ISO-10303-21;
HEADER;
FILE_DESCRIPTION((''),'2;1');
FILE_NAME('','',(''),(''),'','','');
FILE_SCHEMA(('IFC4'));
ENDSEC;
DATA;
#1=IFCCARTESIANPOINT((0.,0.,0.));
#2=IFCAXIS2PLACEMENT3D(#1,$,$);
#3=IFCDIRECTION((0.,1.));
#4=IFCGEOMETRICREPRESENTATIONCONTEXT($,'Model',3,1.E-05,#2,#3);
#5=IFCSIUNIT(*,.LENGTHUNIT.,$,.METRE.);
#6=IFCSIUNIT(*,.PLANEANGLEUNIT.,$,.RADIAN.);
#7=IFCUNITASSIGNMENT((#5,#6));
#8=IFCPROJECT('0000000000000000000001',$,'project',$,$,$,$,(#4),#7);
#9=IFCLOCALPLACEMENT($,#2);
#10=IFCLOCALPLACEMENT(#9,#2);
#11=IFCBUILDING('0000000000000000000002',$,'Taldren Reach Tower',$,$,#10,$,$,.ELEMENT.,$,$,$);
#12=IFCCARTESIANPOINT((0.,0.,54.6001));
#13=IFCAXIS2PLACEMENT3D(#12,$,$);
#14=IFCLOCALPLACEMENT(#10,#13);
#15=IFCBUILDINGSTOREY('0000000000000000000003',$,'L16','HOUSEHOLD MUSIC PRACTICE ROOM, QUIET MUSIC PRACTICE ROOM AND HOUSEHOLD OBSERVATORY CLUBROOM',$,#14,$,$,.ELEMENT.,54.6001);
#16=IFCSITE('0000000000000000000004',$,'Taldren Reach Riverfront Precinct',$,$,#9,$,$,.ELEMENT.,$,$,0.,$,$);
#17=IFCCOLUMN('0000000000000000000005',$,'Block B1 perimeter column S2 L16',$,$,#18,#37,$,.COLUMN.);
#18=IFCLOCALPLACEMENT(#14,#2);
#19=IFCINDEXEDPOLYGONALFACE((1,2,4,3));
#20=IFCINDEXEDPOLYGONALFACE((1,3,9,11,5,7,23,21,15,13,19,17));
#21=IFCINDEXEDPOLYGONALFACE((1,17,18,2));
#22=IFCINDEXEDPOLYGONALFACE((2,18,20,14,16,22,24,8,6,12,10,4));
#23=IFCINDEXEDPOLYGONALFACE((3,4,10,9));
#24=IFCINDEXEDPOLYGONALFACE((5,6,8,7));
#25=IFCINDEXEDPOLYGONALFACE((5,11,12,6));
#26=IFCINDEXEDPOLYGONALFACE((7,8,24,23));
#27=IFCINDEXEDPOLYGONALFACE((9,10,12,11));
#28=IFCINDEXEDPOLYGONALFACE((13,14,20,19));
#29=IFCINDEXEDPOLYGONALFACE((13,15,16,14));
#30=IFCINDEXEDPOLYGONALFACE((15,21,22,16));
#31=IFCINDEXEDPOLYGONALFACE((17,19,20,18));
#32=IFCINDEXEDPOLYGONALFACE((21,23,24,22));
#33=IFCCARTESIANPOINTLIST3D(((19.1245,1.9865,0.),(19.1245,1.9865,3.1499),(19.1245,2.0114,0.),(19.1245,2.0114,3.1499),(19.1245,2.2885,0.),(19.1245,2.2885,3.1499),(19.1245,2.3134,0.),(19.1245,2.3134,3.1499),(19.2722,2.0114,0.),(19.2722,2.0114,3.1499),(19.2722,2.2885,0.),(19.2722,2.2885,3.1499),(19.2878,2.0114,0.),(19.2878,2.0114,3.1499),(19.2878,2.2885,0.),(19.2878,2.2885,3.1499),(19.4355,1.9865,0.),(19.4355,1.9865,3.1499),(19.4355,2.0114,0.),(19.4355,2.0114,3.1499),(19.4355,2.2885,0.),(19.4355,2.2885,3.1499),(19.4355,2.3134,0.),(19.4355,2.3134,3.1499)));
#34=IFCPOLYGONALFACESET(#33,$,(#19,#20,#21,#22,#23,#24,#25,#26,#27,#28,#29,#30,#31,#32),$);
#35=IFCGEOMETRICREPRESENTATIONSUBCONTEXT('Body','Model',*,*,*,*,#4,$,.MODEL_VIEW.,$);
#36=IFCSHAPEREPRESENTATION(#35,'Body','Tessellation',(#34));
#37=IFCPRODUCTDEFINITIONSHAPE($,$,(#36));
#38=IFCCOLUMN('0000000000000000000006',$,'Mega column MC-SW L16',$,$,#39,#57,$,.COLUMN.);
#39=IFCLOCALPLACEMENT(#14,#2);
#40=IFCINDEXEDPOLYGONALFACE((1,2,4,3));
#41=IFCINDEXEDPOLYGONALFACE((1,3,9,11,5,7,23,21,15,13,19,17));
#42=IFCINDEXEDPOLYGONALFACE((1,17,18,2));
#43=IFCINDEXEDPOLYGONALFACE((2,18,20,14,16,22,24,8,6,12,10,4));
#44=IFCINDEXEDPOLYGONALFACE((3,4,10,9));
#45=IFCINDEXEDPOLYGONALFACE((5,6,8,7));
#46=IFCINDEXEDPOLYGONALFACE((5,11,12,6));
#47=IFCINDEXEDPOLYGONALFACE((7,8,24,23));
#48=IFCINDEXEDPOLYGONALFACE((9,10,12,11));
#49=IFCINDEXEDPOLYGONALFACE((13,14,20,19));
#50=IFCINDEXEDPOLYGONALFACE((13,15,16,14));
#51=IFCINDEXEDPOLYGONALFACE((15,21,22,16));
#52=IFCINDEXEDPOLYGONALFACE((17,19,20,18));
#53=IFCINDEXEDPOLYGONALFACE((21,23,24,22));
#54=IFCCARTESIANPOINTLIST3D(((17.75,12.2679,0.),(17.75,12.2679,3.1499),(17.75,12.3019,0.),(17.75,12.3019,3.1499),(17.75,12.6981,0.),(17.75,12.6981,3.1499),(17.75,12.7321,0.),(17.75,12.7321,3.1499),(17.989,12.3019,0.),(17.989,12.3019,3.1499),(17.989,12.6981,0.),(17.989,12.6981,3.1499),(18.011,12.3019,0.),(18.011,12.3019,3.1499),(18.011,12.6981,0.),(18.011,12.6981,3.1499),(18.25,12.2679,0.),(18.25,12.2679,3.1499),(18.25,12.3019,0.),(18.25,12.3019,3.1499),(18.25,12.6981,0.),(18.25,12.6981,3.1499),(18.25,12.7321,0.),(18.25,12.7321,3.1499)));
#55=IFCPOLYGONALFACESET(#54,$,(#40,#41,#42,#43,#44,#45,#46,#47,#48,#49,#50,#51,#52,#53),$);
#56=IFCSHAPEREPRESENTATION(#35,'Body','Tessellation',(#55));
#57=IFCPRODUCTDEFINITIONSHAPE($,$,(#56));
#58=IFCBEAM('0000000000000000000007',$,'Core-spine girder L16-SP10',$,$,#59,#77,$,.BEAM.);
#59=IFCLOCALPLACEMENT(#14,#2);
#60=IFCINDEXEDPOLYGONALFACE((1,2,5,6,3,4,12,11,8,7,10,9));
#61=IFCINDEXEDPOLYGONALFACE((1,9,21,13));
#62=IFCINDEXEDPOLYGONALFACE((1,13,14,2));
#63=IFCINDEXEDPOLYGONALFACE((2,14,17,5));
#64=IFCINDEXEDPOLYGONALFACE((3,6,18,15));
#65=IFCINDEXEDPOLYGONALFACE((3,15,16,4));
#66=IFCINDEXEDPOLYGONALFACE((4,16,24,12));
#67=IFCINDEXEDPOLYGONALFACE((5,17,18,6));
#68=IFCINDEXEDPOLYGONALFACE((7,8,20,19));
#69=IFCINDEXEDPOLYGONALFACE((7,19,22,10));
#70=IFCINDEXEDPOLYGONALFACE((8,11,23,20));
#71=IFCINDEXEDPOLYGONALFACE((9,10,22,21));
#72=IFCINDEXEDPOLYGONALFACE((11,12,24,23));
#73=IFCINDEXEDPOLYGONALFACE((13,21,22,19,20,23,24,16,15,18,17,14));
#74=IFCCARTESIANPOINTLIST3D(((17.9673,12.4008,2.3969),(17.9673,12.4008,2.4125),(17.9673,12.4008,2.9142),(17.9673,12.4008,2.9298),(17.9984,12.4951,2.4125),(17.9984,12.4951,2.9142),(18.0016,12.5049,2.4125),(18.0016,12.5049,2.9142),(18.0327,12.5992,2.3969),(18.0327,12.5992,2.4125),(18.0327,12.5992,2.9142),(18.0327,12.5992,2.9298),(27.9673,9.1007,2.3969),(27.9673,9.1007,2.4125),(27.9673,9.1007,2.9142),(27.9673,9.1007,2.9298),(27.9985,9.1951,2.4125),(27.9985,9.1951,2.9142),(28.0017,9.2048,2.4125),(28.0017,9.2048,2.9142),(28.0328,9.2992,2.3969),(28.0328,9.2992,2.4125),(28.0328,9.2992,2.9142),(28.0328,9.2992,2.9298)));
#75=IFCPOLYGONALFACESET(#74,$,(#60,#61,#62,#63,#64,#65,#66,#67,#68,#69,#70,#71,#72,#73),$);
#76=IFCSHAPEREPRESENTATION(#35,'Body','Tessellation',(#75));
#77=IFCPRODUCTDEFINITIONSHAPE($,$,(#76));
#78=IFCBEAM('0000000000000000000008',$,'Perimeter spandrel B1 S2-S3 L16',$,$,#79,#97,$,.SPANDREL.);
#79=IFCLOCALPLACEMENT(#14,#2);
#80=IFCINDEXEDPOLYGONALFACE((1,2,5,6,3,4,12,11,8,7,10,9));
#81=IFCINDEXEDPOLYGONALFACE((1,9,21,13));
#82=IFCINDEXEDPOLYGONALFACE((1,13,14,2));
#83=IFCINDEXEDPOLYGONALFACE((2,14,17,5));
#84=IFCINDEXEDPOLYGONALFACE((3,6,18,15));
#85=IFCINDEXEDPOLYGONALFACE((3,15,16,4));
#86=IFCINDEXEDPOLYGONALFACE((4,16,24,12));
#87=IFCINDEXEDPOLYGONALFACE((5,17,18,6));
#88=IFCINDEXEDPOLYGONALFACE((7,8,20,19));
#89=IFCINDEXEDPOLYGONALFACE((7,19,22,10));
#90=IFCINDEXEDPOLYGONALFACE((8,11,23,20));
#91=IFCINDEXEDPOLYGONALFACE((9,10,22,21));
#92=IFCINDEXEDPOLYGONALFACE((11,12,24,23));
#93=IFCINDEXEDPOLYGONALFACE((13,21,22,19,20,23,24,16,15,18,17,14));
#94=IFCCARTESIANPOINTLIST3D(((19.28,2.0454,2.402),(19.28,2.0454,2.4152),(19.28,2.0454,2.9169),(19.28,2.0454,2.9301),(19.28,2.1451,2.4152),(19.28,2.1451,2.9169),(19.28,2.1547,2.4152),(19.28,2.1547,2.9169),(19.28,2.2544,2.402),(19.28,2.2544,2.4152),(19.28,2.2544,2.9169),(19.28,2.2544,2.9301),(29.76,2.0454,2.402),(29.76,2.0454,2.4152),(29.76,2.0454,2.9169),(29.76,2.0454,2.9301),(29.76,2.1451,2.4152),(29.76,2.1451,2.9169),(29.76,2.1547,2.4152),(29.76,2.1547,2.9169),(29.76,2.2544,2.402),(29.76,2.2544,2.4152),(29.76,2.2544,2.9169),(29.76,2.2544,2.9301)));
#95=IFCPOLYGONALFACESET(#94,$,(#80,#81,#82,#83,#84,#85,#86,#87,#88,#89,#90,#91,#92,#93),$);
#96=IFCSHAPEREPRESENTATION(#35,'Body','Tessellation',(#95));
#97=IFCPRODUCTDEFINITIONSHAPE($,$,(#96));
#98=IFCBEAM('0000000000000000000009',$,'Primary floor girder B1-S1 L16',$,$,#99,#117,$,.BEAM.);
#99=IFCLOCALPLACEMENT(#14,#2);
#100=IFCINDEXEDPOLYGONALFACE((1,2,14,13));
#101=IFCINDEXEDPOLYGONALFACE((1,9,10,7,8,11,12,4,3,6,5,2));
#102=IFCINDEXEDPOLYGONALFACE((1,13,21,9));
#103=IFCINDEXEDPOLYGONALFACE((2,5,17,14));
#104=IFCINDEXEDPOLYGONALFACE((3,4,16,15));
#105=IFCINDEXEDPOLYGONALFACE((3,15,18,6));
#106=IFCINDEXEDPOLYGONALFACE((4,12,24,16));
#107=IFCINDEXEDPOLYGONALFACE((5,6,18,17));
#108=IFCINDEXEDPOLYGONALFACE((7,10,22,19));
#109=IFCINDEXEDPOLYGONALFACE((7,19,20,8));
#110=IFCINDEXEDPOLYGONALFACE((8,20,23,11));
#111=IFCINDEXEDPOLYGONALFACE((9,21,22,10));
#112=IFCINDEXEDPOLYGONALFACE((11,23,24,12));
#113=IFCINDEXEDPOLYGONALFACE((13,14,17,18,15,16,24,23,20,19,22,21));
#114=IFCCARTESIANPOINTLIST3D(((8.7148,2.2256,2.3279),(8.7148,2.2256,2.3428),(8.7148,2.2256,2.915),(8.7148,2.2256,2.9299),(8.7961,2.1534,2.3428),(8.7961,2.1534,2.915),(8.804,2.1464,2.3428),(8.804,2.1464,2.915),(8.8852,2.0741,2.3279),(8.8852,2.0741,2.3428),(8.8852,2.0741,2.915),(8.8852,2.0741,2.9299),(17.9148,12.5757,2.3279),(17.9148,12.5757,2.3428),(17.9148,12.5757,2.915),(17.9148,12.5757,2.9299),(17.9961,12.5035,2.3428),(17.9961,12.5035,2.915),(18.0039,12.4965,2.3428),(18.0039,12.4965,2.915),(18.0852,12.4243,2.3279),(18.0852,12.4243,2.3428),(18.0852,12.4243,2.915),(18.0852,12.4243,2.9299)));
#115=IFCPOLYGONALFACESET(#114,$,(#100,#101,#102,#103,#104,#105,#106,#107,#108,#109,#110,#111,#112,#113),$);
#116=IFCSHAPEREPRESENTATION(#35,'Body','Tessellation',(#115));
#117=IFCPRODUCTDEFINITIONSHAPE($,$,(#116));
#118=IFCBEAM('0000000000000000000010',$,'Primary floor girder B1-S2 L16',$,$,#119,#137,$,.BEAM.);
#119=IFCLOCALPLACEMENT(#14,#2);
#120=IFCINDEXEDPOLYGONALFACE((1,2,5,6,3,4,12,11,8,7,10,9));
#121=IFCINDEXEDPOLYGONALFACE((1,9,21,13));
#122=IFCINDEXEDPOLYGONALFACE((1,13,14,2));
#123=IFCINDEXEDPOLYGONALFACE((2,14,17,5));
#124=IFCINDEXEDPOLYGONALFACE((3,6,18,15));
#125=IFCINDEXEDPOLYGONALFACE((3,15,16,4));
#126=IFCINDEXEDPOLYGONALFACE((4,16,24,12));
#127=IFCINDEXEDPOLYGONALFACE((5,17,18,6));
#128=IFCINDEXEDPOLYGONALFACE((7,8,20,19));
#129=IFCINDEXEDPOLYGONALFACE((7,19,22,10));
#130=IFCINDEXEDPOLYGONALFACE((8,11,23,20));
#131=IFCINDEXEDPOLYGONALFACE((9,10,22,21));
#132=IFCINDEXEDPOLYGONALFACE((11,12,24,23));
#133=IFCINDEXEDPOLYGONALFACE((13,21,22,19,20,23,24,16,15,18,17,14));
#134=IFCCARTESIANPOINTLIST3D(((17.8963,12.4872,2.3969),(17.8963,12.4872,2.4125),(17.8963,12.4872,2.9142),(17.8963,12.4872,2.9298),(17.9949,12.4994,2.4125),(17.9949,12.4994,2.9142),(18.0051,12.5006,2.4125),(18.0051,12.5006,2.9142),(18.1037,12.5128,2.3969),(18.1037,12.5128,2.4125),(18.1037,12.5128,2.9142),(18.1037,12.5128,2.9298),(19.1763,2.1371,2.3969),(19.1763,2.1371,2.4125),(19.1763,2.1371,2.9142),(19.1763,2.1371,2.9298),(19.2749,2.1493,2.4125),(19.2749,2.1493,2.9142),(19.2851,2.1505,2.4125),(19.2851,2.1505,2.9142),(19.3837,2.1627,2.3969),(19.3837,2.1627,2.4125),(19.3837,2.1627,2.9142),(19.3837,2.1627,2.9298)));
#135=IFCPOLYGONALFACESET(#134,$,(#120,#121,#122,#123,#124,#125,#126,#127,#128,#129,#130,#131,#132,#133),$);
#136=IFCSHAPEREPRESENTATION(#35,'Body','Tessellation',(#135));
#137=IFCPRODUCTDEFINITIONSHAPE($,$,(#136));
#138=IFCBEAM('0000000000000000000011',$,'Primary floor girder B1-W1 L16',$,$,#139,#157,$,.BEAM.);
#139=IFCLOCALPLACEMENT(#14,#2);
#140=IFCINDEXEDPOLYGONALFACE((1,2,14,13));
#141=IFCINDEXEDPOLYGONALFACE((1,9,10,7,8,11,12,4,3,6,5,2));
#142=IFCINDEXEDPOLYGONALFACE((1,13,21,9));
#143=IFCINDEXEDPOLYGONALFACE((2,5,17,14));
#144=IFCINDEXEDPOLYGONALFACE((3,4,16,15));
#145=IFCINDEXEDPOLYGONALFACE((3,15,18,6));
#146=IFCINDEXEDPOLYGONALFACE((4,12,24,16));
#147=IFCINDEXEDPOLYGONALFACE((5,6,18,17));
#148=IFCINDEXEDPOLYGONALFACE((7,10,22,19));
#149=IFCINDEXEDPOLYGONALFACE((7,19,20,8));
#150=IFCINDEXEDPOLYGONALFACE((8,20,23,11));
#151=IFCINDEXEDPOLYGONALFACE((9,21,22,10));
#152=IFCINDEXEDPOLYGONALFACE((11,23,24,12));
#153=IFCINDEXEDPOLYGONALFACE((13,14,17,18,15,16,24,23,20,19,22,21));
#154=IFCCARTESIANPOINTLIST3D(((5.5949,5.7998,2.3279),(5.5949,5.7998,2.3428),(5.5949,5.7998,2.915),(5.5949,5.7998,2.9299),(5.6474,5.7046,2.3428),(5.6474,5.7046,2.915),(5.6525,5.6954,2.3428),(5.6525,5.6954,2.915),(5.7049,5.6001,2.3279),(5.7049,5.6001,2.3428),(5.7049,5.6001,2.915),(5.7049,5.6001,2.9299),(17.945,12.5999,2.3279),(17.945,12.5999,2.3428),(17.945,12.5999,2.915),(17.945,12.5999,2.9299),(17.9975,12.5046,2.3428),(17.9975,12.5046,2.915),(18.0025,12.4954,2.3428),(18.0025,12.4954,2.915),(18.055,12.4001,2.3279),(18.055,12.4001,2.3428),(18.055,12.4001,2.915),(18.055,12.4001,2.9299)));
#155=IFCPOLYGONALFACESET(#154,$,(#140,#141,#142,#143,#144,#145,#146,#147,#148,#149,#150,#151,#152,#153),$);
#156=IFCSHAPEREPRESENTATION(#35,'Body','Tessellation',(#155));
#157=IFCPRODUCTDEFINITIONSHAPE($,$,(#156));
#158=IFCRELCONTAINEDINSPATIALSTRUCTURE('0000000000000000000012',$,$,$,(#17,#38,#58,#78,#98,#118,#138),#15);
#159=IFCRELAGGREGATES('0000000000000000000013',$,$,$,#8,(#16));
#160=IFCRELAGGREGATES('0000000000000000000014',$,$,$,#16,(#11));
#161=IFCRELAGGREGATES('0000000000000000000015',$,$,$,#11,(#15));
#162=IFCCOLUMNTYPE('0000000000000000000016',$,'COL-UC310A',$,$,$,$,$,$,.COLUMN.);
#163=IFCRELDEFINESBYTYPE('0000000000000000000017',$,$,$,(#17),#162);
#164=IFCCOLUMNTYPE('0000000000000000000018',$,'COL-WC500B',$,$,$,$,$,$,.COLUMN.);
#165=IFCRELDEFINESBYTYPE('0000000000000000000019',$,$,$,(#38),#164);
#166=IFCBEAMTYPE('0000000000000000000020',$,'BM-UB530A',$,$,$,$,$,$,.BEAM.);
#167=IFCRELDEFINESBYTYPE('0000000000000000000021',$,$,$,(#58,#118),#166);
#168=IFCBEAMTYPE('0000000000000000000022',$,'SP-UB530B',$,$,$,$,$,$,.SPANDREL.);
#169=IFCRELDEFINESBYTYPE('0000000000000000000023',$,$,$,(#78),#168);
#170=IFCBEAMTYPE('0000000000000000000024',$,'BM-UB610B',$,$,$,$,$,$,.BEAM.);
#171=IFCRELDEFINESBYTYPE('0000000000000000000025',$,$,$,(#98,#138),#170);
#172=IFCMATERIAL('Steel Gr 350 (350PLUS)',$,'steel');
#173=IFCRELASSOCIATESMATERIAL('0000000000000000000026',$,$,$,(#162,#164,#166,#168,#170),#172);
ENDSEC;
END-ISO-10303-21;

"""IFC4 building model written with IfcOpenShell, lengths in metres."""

from ifc_helpers import new_model, si_unit, direction, frame, origin, origin_2d, place, context, subcontext, project, spatial, i_section, extrude, source, transform, mapped, material, material_profile, profile_set, type_object, element, save


model = new_model("IFC4")

# Units and contexts
model_context = context("Model", 3, precision=1e-05, world=origin(), true_north=direction((0.0, 1.0)))
body_context = subcontext(model_context, "Body", "Model", "MODEL_VIEW")
ifc_project = project(units=[si_unit("LENGTHUNIT", "METRE"), si_unit("PLANEANGLEUNIT", "RADIAN")], contexts=[model_context])

# Site, building, storey
site_placement = place(None, origin())
site = spatial("IfcSite", under=ifc_project, at=site_placement, Name="Taldren Reach Riverfront Precinct", CompositionType="ELEMENT", RefElevation=0.0)
building_placement = place(site_placement, origin())
building = spatial("IfcBuilding", under=site, at=building_placement, Name="Taldren Reach Tower", CompositionType="ELEMENT")
storey_placement = place(building_placement, frame((0.0, 0.0, 54.6001)))
storey = spatial("IfcBuildingStorey", under=building, at=storey_placement, Name="L16", Description="HOUSEHOLD MUSIC PRACTICE ROOM, QUIET MUSIC PRACTICE ROOM AND HOUSEHOLD OBSERVATORY CLUBROOM", CompositionType="ELEMENT", Elevation=54.6001)

# Columns
ifc_material_1 = material(Name="Steel Gr 350 (350PLUS)", Category="steel")
ifc_material_profile_1 = material_profile(ifc_material_1, i_section(OverallWidth=0.311, OverallDepth=0.3269, WebThickness=0.0156, FlangeThickness=0.0249, at=origin_2d()), Name="310UC158")
ifc_profile_set_1 = profile_set([ifc_material_profile_1], Name="Steel Gr 350 (350PLUS)")
column_type_1 = type_object("IfcColumnType", Name="COL-UC310A", PredefinedType="COLUMN", material=ifc_profile_set_1)
shared_shape_1 = source(origin(), body_context, "Body", "SweptSolid", [
    extrude(i_section(OverallWidth=0.311, OverallDepth=0.3269, WebThickness=0.0156, FlangeThickness=0.0249, at=origin_2d()), origin(), (0.0, 0.0, 1.0), 3.1499),
])
column_1_placement = place(storey_placement, frame((19.28, 2.1499, 0.0), z_axis=(0.0, 0.0, 1.0), x_axis=(1.0, 0.0, 0.0)))
element("IfcColumn", 1, at=column_1_placement, inside=storey, type_object=column_type_1, Name="Block B1 perimeter column S2 L16", PredefinedType="COLUMN", context=body_context, shape_type="MappedRepresentation", body=[
    mapped(shared_shape_1, transform((0.0, 0.0, 0.0), scale=1.0)),
])
ifc_material_profile_2 = material_profile(ifc_material_1, i_section(OverallWidth=0.5, OverallDepth=0.4641, WebThickness=0.022, FlangeThickness=0.0339, at=origin_2d()), Name="500WC340")
ifc_profile_set_2 = profile_set([ifc_material_profile_2], Name="Steel Gr 350 (350PLUS)")
column_type_2 = type_object("IfcColumnType", Name="COL-WC500B", PredefinedType="COLUMN", material=ifc_profile_set_2)
shared_shape_2 = source(origin(), body_context, "Body", "SweptSolid", [
    extrude(i_section(OverallWidth=0.5, OverallDepth=0.4641, WebThickness=0.022, FlangeThickness=0.0339, at=origin_2d()), origin(), (0.0, 0.0, 1.0), 3.1499),
])
column_2_placement = place(storey_placement, frame((18.0, 12.5, 0.0), z_axis=(0.0, 0.0, 1.0), x_axis=(1.0, 0.0, 0.0)))
element("IfcColumn", 2, at=column_2_placement, inside=storey, type_object=column_type_2, Name="Mega column MC-SW L16", PredefinedType="COLUMN", context=body_context, shape_type="MappedRepresentation", body=[
    mapped(shared_shape_2, transform((0.0, 0.0, 0.0), scale=1.0)),
])

# Beams
ifc_material_profile_3 = material_profile(ifc_material_1, i_section(OverallWidth=0.209, OverallDepth=0.533, WebThickness=0.0103, FlangeThickness=0.0156, at=origin_2d()), Name="530UB92.4")
ifc_profile_set_3 = profile_set([ifc_material_profile_3], Name="Steel Gr 350 (350PLUS)")
beam_type_1 = type_object("IfcBeamType", Name="BM-UB530A", PredefinedType="BEAM", material=ifc_profile_set_3)
shared_shape_3 = source(origin(), body_context, "Body", "SweptSolid", [
    extrude(i_section(OverallWidth=0.209, OverallDepth=0.533, WebThickness=0.0103, FlangeThickness=0.0156, at=origin_2d()), origin(), (0.0, 0.0, 1.0), 10.5305),
])
beam_1_placement = place(storey_placement, frame((18.0, 12.5, 2.6633), z_axis=(0.949627, -0.313382, 0.0), x_axis=(0.313382, 0.949627, 0.0)))
element("IfcBeam", 3, at=beam_1_placement, inside=storey, type_object=beam_type_1, Name="Core-spine girder L16-SP10", PredefinedType="BEAM", context=body_context, shape_type="MappedRepresentation", body=[
    mapped(shared_shape_3, transform((0.0, 0.0, 0.0), scale=1.0)),
])
ifc_material_profile_4 = material_profile(ifc_material_1, i_section(OverallWidth=0.209, OverallDepth=0.5281, WebThickness=0.0095, FlangeThickness=0.0132, at=origin_2d()), Name="530UB82.0")
ifc_profile_set_4 = profile_set([ifc_material_profile_4], Name="Steel Gr 350 (350PLUS)")
beam_type_2 = type_object("IfcBeamType", Name="SP-UB530B", PredefinedType="SPANDREL", material=ifc_profile_set_4)
shared_shape_4 = source(origin(), body_context, "Body", "SweptSolid", [
    extrude(i_section(OverallWidth=0.209, OverallDepth=0.5281, WebThickness=0.0095, FlangeThickness=0.0132, at=origin_2d()), origin(), (0.0, 0.0, 1.0), 10.48),
])
beam_2_placement = place(storey_placement, frame((19.28, 2.1499, 2.666), z_axis=(1.0, 0.0, 0.0), x_axis=(0.0, 1.0, 0.0)))
element("IfcBeam", 4, at=beam_2_placement, inside=storey, type_object=beam_type_2, Name="Perimeter spandrel B1 S2-S3 L16", PredefinedType="SPANDREL", context=body_context, shape_type="MappedRepresentation", body=[
    mapped(shared_shape_4, transform((0.0, 0.0, 0.0), scale=1.0)),
])
ifc_material_profile_5 = material_profile(ifc_material_1, i_section(OverallWidth=0.228, OverallDepth=0.6021, WebThickness=0.0105, FlangeThickness=0.0149, at=origin_2d()), Name="610UB101")
ifc_profile_set_5 = profile_set([ifc_material_profile_5], Name="Steel Gr 350 (350PLUS)")
beam_type_3 = type_object("IfcBeamType", Name="BM-UB610B", PredefinedType="BEAM", material=ifc_profile_set_5)
shared_shape_5 = source(origin(), body_context, "Body", "SweptSolid", [
    extrude(i_section(OverallWidth=0.228, OverallDepth=0.6021, WebThickness=0.0105, FlangeThickness=0.0149, at=origin_2d()), origin(), (0.0, 0.0, 1.0), 13.8479),
])
beam_3_placement = place(storey_placement, frame((18.0, 12.5, 2.6289), z_axis=(-0.664358, -0.747414, 0.0), x_axis=(0.747414, -0.664358, 0.0)))
element("IfcBeam", 5, at=beam_3_placement, inside=storey, type_object=beam_type_3, Name="Primary floor girder B1-S1 L16", PredefinedType="BEAM", context=body_context, shape_type="MappedRepresentation", body=[
    mapped(shared_shape_5, transform((0.0, 0.0, 0.0), scale=1.0)),
])
shared_shape_6 = source(origin(), body_context, "Body", "SweptSolid", [
    extrude(i_section(OverallWidth=0.209, OverallDepth=0.533, WebThickness=0.0103, FlangeThickness=0.0156, at=origin_2d()), origin(), (0.0, 0.0, 1.0), 10.429),
])
beam_4_placement = place(storey_placement, frame((18.0, 12.5, 2.6633), z_axis=(0.122738, -0.992439, 0.0), x_axis=(0.992439, 0.122738, 0.0)))
element("IfcBeam", 6, at=beam_4_placement, inside=storey, type_object=beam_type_1, Name="Primary floor girder B1-S2 L16", PredefinedType="BEAM", context=body_context, shape_type="MappedRepresentation", body=[
    mapped(shared_shape_6, transform((0.0, 0.0, 0.0), scale=1.0)),
])
shared_shape_7 = source(origin(), body_context, "Body", "SweptSolid", [
    extrude(i_section(OverallWidth=0.228, OverallDepth=0.6021, WebThickness=0.0105, FlangeThickness=0.0149, at=origin_2d()), origin(), (0.0, 0.0, 1.0), 14.0984),
])
beam_5_placement = place(storey_placement, frame((18.0, 12.5, 2.6289), z_axis=(-0.875991, -0.482327, 0.0), x_axis=(0.482327, -0.875991, 0.0)))
element("IfcBeam", 7, at=beam_5_placement, inside=storey, type_object=beam_type_3, Name="Primary floor girder B1-W1 L16", PredefinedType="BEAM", context=body_context, shape_type="MappedRepresentation", body=[
    mapped(shared_shape_7, transform((0.0, 0.0, 0.0), scale=1.0)),
])

save(model, "model.ifc")
